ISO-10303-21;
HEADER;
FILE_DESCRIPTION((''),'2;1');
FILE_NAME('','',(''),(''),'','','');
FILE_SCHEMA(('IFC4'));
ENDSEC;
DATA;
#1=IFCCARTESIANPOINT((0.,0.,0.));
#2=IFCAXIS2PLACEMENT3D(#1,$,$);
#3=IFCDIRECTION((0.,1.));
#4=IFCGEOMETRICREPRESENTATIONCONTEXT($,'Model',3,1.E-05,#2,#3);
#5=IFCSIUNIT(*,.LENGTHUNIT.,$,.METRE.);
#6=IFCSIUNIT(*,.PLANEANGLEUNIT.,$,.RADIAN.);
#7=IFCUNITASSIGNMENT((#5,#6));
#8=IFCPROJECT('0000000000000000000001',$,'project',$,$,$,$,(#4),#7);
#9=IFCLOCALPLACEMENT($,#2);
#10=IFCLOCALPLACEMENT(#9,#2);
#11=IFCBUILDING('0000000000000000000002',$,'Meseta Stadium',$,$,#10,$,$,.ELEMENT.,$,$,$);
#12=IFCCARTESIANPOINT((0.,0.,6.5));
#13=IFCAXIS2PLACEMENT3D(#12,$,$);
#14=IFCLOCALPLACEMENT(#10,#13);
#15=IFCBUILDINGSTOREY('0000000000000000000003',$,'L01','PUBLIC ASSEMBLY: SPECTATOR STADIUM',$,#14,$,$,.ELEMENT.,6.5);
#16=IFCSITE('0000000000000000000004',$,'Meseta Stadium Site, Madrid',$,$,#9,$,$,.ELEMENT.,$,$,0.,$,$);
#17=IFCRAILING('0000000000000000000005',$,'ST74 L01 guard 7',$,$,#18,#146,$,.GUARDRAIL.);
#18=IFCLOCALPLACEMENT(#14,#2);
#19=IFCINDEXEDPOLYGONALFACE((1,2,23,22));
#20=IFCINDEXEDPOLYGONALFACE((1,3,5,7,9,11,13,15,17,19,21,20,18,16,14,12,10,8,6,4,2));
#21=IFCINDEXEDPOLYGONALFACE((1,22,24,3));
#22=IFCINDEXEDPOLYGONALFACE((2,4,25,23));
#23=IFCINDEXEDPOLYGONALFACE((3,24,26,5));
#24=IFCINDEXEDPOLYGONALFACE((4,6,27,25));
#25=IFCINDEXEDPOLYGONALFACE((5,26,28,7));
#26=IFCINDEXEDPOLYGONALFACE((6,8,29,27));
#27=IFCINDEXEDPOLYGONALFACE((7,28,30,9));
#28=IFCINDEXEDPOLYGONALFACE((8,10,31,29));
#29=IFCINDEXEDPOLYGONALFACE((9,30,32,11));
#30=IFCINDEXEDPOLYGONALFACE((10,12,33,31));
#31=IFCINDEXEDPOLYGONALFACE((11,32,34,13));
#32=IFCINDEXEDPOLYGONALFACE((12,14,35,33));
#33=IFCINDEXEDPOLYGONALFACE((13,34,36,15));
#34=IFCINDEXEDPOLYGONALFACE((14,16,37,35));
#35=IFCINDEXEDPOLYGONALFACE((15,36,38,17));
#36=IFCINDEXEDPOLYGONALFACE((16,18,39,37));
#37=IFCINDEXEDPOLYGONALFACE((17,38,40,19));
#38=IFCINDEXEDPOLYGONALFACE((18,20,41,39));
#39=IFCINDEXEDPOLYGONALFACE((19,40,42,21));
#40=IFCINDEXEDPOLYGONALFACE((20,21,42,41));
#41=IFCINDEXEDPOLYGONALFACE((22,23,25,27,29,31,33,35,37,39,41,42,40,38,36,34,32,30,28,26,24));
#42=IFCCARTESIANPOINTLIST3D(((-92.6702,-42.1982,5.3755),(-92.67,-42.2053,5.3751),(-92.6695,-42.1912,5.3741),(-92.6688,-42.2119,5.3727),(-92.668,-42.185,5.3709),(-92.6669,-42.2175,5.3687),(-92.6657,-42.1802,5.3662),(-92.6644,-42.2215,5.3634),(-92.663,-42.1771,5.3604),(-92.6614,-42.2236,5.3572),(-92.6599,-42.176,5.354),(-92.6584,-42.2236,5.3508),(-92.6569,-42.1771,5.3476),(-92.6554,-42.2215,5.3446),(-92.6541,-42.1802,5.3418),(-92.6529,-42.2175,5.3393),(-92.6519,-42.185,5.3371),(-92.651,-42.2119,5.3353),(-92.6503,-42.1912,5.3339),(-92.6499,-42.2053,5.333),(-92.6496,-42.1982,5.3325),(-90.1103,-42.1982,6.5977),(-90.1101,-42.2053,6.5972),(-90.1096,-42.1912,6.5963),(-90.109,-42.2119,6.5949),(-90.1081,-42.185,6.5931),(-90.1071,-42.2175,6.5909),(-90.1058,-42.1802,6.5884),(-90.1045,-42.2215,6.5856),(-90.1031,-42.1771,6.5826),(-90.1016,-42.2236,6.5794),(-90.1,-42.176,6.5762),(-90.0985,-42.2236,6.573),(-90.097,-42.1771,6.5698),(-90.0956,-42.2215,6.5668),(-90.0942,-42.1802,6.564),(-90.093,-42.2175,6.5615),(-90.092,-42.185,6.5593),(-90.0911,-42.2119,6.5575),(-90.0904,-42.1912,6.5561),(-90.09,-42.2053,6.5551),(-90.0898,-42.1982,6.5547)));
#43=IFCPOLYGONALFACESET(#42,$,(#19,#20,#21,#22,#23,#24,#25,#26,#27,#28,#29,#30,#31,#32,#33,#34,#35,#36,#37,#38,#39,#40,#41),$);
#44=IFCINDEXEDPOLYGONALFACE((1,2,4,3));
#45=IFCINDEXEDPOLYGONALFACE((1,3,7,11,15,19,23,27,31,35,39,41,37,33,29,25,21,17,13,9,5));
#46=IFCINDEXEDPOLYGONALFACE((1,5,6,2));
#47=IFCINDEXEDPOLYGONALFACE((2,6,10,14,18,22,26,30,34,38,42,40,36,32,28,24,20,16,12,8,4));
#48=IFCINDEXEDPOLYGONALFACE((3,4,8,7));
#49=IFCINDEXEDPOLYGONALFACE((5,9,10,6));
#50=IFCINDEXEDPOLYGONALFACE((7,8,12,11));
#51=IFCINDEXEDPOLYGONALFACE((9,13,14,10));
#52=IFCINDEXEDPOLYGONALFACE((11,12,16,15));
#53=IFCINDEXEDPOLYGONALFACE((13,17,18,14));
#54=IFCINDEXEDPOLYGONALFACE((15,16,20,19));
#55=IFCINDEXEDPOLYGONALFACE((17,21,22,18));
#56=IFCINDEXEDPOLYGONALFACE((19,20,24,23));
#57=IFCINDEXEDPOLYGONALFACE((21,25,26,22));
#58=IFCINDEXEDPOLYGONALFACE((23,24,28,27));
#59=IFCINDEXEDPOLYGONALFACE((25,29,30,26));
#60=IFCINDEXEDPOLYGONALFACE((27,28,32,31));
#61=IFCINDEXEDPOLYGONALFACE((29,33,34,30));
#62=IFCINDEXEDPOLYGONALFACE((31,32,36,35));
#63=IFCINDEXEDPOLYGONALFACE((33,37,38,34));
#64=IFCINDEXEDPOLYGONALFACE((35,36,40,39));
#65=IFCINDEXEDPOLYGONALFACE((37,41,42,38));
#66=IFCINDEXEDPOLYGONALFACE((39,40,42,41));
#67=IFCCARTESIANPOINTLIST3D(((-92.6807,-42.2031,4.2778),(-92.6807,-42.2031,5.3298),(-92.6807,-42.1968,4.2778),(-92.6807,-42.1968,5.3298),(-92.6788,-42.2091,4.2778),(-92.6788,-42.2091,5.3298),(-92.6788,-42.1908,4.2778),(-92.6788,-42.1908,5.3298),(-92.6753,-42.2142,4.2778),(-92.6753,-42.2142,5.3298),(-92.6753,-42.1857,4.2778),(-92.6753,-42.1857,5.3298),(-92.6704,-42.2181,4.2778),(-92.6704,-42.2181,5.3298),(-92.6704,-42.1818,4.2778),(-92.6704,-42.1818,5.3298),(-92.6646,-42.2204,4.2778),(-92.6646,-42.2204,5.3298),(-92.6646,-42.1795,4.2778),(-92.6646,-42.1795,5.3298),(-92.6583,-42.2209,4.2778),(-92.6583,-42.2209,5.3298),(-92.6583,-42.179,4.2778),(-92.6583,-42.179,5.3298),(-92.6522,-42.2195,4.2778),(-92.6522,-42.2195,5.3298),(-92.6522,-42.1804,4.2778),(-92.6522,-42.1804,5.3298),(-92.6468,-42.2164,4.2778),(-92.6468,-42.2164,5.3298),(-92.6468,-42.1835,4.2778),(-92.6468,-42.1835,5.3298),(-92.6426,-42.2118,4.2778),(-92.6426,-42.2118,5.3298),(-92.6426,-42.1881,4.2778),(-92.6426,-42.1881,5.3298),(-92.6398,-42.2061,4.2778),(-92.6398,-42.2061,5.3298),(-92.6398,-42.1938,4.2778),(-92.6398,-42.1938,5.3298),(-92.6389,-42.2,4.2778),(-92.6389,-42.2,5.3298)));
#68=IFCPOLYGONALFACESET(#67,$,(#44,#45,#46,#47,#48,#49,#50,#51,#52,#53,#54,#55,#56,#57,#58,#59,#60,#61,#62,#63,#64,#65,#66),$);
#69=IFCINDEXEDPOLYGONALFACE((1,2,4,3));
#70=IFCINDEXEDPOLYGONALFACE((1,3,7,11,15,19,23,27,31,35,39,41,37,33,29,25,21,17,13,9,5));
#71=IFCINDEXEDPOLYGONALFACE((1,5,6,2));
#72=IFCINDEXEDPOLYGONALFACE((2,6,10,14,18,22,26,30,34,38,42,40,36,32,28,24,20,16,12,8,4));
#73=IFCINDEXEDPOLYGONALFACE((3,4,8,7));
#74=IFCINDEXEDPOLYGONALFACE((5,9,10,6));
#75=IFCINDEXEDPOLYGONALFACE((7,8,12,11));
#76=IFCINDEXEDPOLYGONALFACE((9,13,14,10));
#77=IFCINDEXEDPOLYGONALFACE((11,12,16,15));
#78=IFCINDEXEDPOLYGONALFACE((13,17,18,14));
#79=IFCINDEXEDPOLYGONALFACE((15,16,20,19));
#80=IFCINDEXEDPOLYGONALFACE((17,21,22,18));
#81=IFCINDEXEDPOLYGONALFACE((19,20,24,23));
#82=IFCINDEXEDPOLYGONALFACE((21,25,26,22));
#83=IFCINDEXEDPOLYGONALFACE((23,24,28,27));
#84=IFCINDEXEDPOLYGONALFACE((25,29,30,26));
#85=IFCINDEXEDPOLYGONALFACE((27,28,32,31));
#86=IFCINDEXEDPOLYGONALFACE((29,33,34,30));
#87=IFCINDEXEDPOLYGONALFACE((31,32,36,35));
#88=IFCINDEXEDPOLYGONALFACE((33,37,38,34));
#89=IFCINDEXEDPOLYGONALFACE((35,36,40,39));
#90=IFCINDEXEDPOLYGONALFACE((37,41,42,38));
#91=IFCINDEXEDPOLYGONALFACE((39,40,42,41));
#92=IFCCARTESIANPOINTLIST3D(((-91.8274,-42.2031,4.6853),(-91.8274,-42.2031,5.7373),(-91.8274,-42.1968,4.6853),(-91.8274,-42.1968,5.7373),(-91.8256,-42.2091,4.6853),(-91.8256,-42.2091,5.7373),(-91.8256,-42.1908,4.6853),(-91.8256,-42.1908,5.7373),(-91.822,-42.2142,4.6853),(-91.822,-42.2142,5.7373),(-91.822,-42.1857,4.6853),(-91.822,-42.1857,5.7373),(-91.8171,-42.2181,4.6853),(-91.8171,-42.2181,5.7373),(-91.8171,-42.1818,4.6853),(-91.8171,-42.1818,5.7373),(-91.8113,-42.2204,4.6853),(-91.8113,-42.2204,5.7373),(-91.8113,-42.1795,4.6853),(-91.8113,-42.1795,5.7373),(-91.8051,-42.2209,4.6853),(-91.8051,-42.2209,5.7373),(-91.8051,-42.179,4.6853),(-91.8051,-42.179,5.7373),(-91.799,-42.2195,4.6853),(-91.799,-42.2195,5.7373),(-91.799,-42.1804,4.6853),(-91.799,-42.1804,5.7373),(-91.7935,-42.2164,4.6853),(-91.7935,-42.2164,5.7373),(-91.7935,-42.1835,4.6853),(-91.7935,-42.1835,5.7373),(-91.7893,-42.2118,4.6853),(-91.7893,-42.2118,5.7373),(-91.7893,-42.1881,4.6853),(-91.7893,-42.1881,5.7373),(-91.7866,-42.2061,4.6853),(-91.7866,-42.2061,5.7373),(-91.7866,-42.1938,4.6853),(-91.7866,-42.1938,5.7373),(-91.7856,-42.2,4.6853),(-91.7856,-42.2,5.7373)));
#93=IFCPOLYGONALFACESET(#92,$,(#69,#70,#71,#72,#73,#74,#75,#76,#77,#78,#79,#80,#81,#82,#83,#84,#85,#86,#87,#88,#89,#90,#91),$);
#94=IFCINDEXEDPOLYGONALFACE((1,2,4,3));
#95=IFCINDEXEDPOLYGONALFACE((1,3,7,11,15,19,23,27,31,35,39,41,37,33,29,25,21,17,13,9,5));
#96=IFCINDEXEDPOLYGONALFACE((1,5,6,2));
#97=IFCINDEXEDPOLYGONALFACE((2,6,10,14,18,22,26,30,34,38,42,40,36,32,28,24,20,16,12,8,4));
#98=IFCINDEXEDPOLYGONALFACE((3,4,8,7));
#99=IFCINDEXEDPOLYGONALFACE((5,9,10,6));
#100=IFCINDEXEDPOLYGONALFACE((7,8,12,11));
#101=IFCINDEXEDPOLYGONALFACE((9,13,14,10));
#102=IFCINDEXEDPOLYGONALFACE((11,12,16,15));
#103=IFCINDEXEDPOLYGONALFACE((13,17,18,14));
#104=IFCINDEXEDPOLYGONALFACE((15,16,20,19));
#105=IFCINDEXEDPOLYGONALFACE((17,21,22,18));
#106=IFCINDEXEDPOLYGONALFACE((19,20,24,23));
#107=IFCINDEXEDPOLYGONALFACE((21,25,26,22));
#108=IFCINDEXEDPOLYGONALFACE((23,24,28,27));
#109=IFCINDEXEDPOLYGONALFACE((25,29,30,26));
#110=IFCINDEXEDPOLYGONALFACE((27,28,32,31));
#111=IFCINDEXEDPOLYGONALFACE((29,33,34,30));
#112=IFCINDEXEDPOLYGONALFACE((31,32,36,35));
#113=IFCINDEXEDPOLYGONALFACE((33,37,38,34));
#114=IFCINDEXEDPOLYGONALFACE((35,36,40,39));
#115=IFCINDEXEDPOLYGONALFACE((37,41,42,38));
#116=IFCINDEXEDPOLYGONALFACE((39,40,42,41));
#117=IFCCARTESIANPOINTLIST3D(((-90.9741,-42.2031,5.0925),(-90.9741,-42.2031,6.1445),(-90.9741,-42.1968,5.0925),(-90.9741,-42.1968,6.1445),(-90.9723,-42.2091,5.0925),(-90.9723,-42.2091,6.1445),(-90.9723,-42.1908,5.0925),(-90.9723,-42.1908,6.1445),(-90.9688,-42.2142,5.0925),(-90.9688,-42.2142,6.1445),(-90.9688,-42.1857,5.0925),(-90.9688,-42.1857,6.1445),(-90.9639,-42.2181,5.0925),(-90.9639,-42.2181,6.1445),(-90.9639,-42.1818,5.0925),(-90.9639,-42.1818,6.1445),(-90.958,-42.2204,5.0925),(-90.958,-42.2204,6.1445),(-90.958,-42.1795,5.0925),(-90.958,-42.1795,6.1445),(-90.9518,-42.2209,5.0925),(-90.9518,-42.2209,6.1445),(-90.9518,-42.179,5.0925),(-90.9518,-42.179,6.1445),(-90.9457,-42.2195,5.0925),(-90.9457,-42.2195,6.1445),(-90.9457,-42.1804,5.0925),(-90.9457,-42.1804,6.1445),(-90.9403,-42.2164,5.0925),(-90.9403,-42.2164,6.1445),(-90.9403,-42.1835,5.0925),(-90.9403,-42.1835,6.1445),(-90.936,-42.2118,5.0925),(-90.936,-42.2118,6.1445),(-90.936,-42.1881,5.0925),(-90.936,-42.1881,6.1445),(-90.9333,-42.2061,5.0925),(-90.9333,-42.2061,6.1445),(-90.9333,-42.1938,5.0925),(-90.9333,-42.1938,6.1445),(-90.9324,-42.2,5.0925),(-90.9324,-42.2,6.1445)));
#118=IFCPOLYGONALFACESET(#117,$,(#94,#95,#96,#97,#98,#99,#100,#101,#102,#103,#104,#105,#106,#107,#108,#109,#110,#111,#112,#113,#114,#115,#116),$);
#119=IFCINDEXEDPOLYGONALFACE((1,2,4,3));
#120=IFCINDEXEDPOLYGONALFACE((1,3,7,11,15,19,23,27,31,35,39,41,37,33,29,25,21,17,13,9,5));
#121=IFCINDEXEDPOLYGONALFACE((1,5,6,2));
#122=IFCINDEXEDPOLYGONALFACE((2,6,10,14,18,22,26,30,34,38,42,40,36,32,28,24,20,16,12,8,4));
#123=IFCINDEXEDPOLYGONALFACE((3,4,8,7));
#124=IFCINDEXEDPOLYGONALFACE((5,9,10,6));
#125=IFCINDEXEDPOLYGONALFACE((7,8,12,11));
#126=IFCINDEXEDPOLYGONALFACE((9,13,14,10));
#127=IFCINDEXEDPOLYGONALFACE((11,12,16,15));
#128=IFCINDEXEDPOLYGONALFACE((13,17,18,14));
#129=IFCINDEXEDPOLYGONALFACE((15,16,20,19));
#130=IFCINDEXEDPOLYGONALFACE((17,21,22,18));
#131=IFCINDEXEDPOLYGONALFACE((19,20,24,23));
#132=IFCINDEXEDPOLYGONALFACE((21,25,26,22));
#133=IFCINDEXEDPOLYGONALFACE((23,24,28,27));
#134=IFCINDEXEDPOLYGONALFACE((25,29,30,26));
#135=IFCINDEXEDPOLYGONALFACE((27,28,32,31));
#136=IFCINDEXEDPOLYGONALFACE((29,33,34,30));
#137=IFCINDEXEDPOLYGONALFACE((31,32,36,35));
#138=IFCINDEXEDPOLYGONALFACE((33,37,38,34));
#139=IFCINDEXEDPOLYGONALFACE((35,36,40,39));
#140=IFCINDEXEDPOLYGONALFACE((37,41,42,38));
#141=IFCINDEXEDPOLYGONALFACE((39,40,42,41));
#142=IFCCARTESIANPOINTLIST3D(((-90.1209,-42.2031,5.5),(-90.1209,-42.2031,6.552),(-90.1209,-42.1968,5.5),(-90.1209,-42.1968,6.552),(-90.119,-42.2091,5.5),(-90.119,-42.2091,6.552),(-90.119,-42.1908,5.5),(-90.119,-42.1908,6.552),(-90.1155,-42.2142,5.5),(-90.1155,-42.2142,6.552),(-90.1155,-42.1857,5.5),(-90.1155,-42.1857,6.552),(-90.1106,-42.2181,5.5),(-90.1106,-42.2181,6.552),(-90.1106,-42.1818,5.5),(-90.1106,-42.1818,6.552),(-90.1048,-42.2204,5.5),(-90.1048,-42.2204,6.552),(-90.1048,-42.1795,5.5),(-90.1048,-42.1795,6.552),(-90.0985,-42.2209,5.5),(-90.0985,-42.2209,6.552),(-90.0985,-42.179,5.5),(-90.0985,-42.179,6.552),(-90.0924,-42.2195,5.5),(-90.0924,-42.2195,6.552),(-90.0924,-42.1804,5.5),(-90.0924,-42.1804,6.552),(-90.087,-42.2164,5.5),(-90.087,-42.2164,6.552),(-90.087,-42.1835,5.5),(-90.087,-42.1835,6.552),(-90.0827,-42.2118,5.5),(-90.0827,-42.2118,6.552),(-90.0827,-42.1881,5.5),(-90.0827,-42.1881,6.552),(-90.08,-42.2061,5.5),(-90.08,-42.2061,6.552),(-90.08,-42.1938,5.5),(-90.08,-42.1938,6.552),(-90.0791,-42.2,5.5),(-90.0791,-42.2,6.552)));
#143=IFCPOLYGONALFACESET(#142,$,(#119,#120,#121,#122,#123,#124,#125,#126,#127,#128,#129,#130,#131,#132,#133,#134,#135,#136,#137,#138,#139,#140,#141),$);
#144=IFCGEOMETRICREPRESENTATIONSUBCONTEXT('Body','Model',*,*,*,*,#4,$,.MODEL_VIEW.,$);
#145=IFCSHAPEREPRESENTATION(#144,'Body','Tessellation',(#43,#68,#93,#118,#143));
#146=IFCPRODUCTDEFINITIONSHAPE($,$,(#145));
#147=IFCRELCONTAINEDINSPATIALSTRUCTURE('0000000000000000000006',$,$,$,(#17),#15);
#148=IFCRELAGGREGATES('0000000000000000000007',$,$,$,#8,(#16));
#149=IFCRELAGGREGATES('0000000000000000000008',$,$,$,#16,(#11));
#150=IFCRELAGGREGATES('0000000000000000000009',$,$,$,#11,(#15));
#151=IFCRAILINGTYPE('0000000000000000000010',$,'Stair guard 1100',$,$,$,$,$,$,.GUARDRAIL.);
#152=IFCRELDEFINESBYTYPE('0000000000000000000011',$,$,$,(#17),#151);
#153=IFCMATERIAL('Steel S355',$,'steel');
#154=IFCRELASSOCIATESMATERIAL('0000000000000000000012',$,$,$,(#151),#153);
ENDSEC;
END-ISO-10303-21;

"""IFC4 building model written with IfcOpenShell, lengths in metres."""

from ifc_helpers import new_model, si_unit, direction, frame, origin, origin_2d, place, context, subcontext, project, spatial, circle, extrude, material, type_object, element, save


model = new_model("IFC4")

# Units and contexts
model_context = context("Model", 3, precision=1e-05, world=origin(), true_north=direction((0.0, 1.0)))
body_context = subcontext(model_context, "Body", "Model", "MODEL_VIEW")
ifc_project = project(units=[si_unit("LENGTHUNIT", "METRE"), si_unit("PLANEANGLEUNIT", "RADIAN")], contexts=[model_context])

# Site, building, storey
site_placement = place(None, origin())
site = spatial("IfcSite", under=ifc_project, at=site_placement, Name="Meseta Stadium Site, Madrid", CompositionType="ELEMENT", RefElevation=0.0)
building_placement = place(site_placement, origin())
building = spatial("IfcBuilding", under=site, at=building_placement, Name="Meseta Stadium", CompositionType="ELEMENT")
storey_placement = place(building_placement, frame((0.0, 0.0, 6.5)))
storey = spatial("IfcBuildingStorey", under=building, at=storey_placement, Name="L01", Description="PUBLIC ASSEMBLY: SPECTATOR STADIUM", CompositionType="ELEMENT", Elevation=6.5)

# Railing
ifc_material_1 = material(Name="Steel S355", Category="steel")
railing_type_1 = type_object("IfcRailingType", Name="Stair guard 1100", PredefinedType="GUARDRAIL", material=ifc_material_1)
railing_1_placement = place(storey_placement, frame((-92.6599, -42.2, 4.2778)))
element("IfcRailing", 1, at=railing_1_placement, inside=storey, type_object=railing_type_1, Name="ST74 L01 guard 7", PredefinedType="GUARDRAIL", context=body_context, shape_type="SweptSolid", body=[
    extrude(circle(Radius=0.0239, at=origin_2d()), frame((0.0, 0.0, 1.0762), z_axis=(0.902421, 0.0, 0.430855), x_axis=(0.0, 1.0, 0.0)), (0.0, 0.0, 1.0), 2.8367),
    extrude(circle(Radius=0.021, at=origin_2d()), origin(), (0.0, 0.0, 1.0), 1.052),
    extrude(circle(Radius=0.021, at=origin_2d()), frame((0.8533, 0.0, 0.4075)), (0.0, 0.0, 1.0), 1.052),
    extrude(circle(Radius=0.021, at=origin_2d()), frame((1.7065, 0.0, 0.8147)), (0.0, 0.0, 1.0), 1.052),
    extrude(circle(Radius=0.021, at=origin_2d()), frame((2.5598, 0.0, 1.2222)), (0.0, 0.0, 1.0), 1.052),
])

save(model, "model.ifc")
